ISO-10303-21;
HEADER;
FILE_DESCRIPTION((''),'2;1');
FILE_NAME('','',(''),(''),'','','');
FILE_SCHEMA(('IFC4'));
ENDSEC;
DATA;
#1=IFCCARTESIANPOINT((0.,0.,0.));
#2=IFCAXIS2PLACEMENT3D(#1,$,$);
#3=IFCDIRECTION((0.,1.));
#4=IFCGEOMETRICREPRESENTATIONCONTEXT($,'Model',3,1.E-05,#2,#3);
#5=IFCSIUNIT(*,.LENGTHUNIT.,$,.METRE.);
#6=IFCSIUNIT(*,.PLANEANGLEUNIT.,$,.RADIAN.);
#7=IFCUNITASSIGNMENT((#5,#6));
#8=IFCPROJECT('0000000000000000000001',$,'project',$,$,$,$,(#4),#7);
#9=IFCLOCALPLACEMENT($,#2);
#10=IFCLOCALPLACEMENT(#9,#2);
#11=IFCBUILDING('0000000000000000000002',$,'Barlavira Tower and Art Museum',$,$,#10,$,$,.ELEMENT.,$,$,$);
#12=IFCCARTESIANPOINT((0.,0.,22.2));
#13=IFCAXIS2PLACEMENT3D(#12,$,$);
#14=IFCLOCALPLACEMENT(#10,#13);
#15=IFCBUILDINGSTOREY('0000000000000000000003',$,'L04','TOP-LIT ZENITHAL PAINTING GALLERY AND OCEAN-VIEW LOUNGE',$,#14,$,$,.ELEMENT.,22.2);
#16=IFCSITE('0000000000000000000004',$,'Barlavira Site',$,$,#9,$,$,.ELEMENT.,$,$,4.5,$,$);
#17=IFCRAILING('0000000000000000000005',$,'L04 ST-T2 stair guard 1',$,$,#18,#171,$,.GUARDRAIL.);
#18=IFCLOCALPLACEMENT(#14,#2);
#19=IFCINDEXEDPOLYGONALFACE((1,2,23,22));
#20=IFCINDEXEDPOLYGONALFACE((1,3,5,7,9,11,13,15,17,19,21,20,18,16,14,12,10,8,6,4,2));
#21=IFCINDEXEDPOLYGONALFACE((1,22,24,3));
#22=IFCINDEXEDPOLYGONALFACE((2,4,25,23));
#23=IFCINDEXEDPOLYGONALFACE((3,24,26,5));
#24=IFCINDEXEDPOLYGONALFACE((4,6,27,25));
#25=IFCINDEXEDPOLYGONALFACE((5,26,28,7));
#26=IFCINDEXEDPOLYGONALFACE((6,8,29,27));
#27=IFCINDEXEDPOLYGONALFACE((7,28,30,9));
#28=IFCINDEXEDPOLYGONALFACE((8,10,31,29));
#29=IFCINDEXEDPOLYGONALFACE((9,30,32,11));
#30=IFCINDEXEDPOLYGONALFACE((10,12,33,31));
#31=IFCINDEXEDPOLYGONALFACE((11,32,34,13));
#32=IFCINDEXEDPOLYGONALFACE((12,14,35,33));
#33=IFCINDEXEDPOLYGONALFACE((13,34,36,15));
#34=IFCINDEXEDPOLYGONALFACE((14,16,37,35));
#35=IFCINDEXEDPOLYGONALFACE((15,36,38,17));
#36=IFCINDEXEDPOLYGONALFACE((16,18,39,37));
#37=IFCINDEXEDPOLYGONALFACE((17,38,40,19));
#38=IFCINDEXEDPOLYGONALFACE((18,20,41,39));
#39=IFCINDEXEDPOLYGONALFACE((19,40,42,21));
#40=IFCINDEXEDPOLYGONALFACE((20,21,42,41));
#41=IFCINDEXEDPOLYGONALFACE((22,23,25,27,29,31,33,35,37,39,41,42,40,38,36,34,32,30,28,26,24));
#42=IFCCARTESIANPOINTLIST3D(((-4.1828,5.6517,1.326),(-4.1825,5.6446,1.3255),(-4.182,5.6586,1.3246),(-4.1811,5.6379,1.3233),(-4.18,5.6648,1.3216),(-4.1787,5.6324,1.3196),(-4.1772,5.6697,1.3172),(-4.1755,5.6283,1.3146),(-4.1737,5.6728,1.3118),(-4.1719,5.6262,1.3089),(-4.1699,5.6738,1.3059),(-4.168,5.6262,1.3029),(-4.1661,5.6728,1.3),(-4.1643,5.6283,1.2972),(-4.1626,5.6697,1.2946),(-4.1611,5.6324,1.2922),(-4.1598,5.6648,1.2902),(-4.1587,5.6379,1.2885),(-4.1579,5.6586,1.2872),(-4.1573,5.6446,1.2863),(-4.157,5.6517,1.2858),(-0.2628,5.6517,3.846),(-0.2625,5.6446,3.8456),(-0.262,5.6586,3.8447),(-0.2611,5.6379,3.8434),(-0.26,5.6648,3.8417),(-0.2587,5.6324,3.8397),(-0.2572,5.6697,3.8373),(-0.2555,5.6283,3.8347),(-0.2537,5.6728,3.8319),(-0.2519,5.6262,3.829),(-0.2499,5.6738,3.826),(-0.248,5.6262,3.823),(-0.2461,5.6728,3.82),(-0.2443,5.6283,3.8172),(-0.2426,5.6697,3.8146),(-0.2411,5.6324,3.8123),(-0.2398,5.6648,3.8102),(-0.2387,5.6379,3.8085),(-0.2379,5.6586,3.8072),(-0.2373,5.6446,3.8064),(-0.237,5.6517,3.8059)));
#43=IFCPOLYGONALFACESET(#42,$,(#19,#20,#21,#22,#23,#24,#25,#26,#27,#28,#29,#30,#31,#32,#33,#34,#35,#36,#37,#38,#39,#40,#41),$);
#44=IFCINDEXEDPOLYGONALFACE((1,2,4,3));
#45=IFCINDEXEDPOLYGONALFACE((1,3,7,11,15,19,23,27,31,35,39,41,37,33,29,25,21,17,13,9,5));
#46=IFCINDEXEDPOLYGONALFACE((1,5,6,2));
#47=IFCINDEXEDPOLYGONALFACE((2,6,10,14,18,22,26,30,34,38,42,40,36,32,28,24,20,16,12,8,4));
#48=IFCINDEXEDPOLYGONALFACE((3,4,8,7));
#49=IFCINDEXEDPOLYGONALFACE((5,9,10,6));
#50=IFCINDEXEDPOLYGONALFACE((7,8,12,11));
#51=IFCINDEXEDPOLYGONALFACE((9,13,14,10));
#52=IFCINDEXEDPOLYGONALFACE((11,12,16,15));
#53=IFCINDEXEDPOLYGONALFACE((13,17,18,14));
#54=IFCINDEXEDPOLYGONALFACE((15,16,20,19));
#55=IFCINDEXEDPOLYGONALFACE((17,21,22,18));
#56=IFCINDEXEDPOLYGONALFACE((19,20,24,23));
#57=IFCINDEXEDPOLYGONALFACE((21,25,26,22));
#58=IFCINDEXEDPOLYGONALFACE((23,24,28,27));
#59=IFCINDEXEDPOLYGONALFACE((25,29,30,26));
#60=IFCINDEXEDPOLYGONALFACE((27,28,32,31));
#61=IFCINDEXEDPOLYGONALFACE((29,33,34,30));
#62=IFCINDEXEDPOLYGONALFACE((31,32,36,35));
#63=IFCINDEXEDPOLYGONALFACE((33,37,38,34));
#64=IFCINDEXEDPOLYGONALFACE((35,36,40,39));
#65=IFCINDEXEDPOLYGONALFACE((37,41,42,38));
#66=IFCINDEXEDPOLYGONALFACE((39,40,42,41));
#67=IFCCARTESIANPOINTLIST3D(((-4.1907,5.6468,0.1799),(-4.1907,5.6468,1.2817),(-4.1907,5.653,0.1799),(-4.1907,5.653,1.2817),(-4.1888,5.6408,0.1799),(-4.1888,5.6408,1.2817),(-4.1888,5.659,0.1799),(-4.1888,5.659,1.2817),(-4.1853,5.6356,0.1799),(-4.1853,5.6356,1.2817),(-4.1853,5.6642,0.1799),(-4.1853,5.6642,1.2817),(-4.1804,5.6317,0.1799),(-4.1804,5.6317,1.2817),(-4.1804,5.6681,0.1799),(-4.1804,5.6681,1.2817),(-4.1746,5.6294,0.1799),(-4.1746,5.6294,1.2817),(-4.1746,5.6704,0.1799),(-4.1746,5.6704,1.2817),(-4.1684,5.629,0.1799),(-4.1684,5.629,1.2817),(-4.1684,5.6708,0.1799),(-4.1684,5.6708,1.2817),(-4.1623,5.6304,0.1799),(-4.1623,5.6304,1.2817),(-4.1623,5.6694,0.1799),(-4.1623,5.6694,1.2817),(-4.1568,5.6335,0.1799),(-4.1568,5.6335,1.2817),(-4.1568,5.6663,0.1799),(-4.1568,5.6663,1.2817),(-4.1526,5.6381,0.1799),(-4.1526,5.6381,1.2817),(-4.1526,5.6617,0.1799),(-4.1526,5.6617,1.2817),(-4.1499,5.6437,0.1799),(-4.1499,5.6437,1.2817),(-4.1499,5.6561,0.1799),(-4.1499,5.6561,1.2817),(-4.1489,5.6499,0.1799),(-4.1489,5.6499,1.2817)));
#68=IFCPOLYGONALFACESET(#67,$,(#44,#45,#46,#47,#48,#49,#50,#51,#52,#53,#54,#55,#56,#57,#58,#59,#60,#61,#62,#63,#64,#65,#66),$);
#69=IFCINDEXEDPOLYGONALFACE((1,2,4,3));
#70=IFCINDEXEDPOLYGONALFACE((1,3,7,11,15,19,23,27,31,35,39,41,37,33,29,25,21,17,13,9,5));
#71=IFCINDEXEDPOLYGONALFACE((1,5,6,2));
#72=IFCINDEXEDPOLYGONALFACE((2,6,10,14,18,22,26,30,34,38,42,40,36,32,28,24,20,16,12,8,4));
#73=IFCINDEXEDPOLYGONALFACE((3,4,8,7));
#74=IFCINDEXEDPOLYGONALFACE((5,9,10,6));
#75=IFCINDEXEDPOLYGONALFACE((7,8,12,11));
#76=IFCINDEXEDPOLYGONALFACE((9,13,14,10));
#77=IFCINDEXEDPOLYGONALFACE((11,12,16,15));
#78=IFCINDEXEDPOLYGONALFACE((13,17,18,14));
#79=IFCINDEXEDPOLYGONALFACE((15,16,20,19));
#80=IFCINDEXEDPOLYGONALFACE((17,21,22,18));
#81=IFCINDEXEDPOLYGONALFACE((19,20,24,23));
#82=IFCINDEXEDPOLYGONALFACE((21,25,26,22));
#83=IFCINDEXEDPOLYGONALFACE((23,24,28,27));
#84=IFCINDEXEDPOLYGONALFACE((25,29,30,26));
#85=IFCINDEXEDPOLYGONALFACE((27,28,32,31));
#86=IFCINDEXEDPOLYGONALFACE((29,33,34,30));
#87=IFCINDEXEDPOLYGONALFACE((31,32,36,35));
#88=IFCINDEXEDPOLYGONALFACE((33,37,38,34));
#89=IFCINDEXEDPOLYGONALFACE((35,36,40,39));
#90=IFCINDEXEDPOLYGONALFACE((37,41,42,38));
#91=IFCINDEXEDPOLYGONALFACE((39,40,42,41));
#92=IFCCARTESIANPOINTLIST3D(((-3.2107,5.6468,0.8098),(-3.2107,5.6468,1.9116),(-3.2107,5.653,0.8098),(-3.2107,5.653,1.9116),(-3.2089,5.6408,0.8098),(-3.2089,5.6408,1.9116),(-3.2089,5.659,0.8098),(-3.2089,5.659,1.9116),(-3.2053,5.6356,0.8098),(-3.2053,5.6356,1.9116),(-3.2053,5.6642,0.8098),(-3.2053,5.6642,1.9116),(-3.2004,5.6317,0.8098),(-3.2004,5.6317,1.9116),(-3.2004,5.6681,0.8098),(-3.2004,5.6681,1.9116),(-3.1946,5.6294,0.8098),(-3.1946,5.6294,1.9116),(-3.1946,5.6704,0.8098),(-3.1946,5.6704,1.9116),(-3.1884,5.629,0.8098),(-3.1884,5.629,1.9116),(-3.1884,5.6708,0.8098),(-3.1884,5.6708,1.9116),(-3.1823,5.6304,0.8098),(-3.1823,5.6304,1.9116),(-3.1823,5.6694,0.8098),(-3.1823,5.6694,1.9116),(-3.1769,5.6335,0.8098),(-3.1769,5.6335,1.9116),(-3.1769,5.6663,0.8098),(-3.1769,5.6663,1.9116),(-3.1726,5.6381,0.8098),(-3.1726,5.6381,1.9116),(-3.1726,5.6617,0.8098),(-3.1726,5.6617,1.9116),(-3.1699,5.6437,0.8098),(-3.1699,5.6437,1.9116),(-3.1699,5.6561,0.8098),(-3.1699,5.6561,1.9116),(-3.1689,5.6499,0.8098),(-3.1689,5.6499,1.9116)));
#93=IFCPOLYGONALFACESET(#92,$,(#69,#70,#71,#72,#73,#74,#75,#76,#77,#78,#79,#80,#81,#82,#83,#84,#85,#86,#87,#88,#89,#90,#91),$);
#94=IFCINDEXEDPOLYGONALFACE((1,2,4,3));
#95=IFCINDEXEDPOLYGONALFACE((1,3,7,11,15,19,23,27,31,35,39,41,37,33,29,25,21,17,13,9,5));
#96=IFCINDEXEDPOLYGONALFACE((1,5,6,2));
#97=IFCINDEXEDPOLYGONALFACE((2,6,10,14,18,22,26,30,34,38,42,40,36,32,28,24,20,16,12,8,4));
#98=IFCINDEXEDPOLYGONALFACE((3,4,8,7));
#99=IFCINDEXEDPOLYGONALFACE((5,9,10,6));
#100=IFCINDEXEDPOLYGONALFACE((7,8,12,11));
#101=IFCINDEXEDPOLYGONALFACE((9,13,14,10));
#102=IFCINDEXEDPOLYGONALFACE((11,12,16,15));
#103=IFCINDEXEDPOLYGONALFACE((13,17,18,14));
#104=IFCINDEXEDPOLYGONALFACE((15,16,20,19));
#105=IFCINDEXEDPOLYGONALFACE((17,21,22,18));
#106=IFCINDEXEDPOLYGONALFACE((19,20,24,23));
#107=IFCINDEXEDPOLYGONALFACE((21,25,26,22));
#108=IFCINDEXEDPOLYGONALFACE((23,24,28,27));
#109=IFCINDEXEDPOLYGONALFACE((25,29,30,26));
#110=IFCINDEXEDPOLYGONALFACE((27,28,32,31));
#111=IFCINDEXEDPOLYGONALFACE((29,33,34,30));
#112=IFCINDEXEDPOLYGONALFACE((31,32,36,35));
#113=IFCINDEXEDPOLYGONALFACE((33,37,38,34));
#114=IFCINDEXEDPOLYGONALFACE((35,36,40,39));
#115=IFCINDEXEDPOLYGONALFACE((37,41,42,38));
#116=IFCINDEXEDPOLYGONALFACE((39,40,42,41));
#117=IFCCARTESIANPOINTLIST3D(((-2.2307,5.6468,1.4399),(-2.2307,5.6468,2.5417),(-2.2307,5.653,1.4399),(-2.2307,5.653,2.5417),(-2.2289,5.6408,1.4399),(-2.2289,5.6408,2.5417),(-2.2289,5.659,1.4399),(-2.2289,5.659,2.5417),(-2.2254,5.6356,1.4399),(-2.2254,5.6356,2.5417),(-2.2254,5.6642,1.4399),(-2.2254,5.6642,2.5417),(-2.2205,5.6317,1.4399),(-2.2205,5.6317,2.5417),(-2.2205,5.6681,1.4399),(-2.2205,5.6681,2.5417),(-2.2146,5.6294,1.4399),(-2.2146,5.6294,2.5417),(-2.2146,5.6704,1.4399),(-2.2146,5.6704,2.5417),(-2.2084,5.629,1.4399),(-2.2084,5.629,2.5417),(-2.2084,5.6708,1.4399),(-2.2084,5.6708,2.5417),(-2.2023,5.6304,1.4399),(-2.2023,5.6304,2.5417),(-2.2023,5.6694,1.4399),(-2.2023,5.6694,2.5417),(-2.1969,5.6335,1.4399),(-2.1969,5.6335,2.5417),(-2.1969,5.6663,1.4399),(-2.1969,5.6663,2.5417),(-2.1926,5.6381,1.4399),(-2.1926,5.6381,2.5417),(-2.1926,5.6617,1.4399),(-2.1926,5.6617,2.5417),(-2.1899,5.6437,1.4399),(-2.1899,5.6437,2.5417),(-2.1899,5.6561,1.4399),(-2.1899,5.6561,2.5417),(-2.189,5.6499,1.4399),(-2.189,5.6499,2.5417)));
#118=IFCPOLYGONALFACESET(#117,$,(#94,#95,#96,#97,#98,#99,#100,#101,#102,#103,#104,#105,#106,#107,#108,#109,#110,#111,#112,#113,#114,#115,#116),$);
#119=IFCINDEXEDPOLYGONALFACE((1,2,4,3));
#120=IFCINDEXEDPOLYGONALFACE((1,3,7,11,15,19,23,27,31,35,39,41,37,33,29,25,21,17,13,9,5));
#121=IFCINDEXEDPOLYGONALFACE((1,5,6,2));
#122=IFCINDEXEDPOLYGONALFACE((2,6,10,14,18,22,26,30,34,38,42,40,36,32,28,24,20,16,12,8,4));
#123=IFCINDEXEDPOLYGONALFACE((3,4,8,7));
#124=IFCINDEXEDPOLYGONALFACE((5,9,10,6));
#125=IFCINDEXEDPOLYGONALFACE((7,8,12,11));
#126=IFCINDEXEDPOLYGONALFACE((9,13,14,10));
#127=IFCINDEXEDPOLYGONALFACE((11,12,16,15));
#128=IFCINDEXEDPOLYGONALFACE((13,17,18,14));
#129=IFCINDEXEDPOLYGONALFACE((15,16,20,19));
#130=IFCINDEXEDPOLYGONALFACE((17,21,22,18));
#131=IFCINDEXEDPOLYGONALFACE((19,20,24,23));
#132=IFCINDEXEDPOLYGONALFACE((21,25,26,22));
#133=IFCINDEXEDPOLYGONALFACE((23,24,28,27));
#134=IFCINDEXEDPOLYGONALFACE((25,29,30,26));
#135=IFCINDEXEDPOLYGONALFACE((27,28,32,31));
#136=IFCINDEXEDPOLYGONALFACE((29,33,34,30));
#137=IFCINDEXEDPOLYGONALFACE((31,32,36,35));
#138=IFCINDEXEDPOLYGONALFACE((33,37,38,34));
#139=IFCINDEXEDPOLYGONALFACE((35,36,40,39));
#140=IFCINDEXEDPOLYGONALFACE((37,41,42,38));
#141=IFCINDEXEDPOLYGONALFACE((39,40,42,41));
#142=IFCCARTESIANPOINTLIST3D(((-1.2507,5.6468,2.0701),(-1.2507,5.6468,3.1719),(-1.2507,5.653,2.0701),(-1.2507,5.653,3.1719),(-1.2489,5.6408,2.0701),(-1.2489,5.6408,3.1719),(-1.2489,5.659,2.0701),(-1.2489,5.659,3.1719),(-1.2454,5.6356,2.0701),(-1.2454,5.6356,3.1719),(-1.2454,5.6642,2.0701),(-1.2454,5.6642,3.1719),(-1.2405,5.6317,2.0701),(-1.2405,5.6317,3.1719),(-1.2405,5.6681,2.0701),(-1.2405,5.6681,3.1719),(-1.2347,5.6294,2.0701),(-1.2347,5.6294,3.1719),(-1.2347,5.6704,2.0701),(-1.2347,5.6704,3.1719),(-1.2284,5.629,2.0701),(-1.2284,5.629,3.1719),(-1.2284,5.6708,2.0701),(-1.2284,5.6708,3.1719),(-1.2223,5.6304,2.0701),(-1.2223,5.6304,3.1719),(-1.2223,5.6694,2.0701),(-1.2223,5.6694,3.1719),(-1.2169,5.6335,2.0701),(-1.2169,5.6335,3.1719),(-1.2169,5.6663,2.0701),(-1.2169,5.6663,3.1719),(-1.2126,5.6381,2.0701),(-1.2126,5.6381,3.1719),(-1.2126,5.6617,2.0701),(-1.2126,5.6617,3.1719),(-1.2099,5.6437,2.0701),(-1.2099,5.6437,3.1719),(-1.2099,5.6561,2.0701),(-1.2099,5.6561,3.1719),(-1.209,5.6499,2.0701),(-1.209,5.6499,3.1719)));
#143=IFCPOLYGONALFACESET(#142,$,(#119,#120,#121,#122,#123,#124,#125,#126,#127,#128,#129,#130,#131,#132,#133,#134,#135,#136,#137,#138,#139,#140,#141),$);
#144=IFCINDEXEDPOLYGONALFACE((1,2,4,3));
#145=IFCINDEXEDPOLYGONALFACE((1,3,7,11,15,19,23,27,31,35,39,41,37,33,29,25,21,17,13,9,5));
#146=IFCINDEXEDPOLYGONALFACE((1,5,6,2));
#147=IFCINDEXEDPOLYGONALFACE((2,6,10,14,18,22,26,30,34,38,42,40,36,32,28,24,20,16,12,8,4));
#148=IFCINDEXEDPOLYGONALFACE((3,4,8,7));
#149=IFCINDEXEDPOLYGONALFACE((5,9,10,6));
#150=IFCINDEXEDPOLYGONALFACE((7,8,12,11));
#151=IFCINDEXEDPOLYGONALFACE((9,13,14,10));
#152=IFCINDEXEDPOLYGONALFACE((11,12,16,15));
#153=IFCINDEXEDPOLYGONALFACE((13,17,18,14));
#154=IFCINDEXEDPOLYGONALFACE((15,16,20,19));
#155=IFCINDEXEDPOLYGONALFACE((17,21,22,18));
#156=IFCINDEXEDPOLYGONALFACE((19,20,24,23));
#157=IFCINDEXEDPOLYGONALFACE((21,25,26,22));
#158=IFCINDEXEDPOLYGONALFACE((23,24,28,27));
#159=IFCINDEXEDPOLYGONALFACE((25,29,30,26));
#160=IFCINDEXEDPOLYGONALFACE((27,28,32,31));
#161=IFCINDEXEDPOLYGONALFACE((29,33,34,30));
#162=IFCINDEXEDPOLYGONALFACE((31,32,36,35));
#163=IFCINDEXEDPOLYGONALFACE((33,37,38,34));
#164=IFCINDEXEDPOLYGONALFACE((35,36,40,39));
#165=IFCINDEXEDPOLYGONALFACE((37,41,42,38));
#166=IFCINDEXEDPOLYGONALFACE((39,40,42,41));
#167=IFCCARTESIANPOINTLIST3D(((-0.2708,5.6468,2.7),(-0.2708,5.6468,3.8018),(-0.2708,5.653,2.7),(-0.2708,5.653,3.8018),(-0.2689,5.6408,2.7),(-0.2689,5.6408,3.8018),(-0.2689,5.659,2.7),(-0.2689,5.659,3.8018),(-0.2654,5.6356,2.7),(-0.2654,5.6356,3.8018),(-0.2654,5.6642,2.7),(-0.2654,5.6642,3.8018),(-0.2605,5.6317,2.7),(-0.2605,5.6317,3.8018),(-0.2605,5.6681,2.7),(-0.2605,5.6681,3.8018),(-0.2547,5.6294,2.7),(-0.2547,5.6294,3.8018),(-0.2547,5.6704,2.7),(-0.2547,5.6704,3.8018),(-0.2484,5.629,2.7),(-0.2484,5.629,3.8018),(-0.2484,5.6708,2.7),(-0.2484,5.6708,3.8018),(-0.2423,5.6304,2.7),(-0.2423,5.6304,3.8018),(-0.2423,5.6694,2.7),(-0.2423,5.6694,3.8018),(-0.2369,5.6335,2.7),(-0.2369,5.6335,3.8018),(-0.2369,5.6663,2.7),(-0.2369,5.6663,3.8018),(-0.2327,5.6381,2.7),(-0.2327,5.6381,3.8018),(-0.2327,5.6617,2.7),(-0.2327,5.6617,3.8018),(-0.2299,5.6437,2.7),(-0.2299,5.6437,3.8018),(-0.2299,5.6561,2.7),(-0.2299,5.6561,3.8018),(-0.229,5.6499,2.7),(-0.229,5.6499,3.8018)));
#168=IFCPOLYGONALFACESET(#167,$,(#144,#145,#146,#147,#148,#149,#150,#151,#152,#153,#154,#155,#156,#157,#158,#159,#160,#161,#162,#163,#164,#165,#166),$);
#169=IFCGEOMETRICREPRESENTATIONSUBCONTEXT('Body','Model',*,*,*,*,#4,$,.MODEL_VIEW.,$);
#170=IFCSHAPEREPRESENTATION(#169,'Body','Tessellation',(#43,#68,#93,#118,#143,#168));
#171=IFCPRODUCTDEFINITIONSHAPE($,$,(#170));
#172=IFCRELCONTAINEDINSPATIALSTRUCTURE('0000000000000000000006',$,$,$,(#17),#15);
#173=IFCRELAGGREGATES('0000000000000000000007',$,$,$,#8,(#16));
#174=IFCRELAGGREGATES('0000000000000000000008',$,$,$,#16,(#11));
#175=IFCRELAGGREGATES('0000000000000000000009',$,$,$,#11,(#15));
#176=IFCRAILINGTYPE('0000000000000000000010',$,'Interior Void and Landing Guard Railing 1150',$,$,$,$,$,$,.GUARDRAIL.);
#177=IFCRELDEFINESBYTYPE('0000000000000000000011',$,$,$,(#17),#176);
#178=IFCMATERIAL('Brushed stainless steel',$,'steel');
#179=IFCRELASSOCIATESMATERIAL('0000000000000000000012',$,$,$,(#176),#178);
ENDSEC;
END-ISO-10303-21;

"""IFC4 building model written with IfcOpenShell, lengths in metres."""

from ifc_helpers import new_model, si_unit, direction, frame, origin, origin_2d, place, context, subcontext, project, spatial, circle, extrude, material, type_object, element, save


model = new_model("IFC4")

# Units and contexts
model_context = context("Model", 3, precision=1e-05, world=origin(), true_north=direction((0.0, 1.0)))
body_context = subcontext(model_context, "Body", "Model", "MODEL_VIEW")
ifc_project = project(units=[si_unit("LENGTHUNIT", "METRE"), si_unit("PLANEANGLEUNIT", "RADIAN")], contexts=[model_context])

# Site, building, storey
site_placement = place(None, origin())
site = spatial("IfcSite", under=ifc_project, at=site_placement, Name="Barlavira Site", CompositionType="ELEMENT", RefElevation=4.5)
building_placement = place(site_placement, origin())
building = spatial("IfcBuilding", under=site, at=building_placement, Name="Barlavira Tower and Art Museum", CompositionType="ELEMENT")
storey_placement = place(building_placement, frame((0.0, 0.0, 22.2)))
storey = spatial("IfcBuildingStorey", under=building, at=storey_placement, Name="L04", Description="TOP-LIT ZENITHAL PAINTING GALLERY AND OCEAN-VIEW LOUNGE", CompositionType="ELEMENT", Elevation=22.2)

# Shared definitions
ifc_material_1 = material(Name="Brushed stainless steel", Category="steel")

# Railing
railing_type_1 = type_object("IfcRailingType", Name="Interior Void and Landing Guard Railing 1150", PredefinedType="GUARDRAIL", material=ifc_material_1)
railing_1_placement = place(storey_placement, frame((-4.1699, 5.6499, 0.1799)))
element("IfcRailing", 1, at=railing_1_placement, inside=storey, type_object=railing_type_1, Name="L04 ST-T2 stair guard 1", PredefinedType="GUARDRAIL", context=body_context, shape_type="SweptSolid", body=[
    extrude(circle(Radius=0.0239, at=origin_2d()), frame((0.0, 0.0, 1.126), z_axis=(0.841172, 0.0, 0.540768), x_axis=(0.0, 1.0, 0.0)), (0.0, 0.0, 1.0), 4.6602),
    extrude(circle(Radius=0.021, at=origin_2d()), origin(), (0.0, 0.0, 1.0), 1.1018),
    extrude(circle(Radius=0.021, at=origin_2d()), frame((0.98, 0.0, 0.6299)), (0.0, 0.0, 1.0), 1.1018),
    extrude(circle(Radius=0.021, at=origin_2d()), frame((1.96, 0.0, 1.26)), (0.0, 0.0, 1.0), 1.1018),
    extrude(circle(Radius=0.021, at=origin_2d()), frame((2.9399, 0.0, 1.8901)), (0.0, 0.0, 1.0), 1.1018),
    extrude(circle(Radius=0.021, at=origin_2d()), frame((3.9199, 0.0, 2.52)), (0.0, 0.0, 1.0), 1.1018),
])

save(model, "model.ifc")
